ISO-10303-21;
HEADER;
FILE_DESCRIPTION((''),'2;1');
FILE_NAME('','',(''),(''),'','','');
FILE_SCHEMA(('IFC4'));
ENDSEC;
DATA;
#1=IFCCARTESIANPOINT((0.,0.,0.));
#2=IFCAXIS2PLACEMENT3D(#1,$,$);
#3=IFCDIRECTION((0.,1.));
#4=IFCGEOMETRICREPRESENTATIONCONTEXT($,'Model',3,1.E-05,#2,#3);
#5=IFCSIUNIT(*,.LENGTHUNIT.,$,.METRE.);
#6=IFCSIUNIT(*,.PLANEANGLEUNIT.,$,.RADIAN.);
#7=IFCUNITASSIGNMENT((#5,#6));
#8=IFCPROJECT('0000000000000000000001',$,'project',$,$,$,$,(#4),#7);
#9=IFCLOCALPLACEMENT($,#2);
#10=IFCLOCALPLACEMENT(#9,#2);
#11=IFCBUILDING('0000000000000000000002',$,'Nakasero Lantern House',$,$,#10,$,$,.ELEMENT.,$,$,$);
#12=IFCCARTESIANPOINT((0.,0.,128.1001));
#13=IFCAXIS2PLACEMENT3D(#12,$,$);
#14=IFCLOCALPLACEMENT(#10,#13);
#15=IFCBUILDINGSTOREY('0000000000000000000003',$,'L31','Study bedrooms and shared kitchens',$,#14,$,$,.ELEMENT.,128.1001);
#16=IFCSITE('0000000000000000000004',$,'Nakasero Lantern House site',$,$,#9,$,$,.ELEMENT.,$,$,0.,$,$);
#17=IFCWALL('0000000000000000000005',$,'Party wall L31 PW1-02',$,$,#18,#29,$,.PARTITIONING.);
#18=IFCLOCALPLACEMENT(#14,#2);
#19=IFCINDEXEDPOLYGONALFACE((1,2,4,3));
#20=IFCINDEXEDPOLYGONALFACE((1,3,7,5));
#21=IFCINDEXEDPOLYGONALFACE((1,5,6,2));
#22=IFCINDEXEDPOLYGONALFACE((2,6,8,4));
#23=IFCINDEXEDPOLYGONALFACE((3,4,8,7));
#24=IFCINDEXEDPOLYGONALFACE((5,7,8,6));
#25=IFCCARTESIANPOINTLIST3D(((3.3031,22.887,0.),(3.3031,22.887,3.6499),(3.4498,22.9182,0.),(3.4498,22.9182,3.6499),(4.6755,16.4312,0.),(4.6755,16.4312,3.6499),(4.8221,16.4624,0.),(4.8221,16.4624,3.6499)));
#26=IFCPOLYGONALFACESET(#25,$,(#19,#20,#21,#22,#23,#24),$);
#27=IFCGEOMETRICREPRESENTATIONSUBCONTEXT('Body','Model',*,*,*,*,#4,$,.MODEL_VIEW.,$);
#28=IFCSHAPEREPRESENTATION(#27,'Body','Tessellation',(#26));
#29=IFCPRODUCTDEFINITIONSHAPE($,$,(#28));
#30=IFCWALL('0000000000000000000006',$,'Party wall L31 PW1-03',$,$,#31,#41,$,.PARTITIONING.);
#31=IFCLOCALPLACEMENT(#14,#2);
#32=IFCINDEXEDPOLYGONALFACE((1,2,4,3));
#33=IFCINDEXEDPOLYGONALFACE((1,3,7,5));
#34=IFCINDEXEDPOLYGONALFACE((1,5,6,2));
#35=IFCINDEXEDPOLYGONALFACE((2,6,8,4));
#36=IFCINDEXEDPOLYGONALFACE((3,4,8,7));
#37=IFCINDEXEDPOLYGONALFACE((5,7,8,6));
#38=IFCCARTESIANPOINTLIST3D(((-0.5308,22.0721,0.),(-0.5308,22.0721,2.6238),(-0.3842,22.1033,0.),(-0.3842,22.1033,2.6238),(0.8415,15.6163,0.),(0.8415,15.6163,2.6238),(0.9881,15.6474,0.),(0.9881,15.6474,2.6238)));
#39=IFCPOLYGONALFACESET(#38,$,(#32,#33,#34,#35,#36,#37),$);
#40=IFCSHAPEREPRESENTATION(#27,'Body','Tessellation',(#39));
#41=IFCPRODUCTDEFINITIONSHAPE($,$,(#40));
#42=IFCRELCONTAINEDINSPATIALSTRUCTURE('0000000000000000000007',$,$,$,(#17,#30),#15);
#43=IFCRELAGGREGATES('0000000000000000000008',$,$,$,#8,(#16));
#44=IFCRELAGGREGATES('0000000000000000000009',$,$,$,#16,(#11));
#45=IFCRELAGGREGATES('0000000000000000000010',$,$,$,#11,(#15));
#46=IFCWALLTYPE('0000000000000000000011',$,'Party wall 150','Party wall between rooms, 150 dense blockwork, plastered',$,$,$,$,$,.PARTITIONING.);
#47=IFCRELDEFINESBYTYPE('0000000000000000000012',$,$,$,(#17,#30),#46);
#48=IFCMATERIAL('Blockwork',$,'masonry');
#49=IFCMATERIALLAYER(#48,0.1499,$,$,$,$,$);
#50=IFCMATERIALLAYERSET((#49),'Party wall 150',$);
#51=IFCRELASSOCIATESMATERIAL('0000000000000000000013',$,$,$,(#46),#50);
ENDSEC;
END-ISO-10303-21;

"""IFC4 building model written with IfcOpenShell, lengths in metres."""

from ifc_helpers import new_model, si_unit, direction, frame, frame_2d, origin, place, context, subcontext, project, spatial, rectangle, extrude, material, layer, layer_set, type_object, element, save


model = new_model("IFC4")

# Units and contexts
model_context = context("Model", 3, precision=1e-05, world=origin(), true_north=direction((0.0, 1.0)))
body_context = subcontext(model_context, "Body", "Model", "MODEL_VIEW")
ifc_project = project(units=[si_unit("LENGTHUNIT", "METRE"), si_unit("PLANEANGLEUNIT", "RADIAN")], contexts=[model_context])

# Site, building, storey
site_placement = place(None, origin())
site = spatial("IfcSite", under=ifc_project, at=site_placement, Name="Nakasero Lantern House site", CompositionType="ELEMENT", RefElevation=0.0)
building_placement = place(site_placement, origin())
building = spatial("IfcBuilding", under=site, at=building_placement, Name="Nakasero Lantern House", CompositionType="ELEMENT")
storey_placement = place(building_placement, frame((0.0, 0.0, 128.1001)))
storey = spatial("IfcBuildingStorey", under=building, at=storey_placement, Name="L31", Description="Study bedrooms and shared kitchens", CompositionType="ELEMENT", Elevation=128.1001)

# Walls
ifc_material_1 = material(Name="Blockwork", Category="masonry")
ifc_layer_1 = layer(ifc_material_1, 0.1499)
ifc_layer_set_1 = layer_set([ifc_layer_1], Name="Party wall 150")
wall_type_1 = type_object("IfcWallType", Name="Party wall 150", Description="Party wall between rooms, 150 dense blockwork, plastered", PredefinedType="PARTITIONING", material=ifc_layer_set_1)
wall_1_placement = place(storey_placement, frame((4.7488, 16.4468, 0.0), z_axis=(0.0, 0.0, 1.0), x_axis=(-0.207925, 0.978145, 0.0)))
element("IfcWall", 1, at=wall_1_placement, inside=storey, type_object=wall_type_1, Name="Party wall L31 PW1-02", PredefinedType="PARTITIONING", context=body_context, shape_type="SweptSolid", body=[
    extrude(rectangle(XDim=6.6001, YDim=0.1499, at=frame_2d((3.3, 0.0))), origin(), (0.0, 0.0, 1.0), 3.6499),
])
wall_2_placement = place(storey_placement, frame((0.9148, 15.6318, 0.0), z_axis=(0.0, 0.0, 1.0), x_axis=(-0.207925, 0.978145, 0.0)))
element("IfcWall", 2, at=wall_2_placement, inside=storey, type_object=wall_type_1, Name="Party wall L31 PW1-03", PredefinedType="PARTITIONING", context=body_context, shape_type="SweptSolid", body=[
    extrude(rectangle(XDim=6.6001, YDim=0.1499, at=frame_2d((3.3, 0.0))), origin(), (0.0, 0.0, 1.0), 2.6238),
])

save(model, "model.ifc")
